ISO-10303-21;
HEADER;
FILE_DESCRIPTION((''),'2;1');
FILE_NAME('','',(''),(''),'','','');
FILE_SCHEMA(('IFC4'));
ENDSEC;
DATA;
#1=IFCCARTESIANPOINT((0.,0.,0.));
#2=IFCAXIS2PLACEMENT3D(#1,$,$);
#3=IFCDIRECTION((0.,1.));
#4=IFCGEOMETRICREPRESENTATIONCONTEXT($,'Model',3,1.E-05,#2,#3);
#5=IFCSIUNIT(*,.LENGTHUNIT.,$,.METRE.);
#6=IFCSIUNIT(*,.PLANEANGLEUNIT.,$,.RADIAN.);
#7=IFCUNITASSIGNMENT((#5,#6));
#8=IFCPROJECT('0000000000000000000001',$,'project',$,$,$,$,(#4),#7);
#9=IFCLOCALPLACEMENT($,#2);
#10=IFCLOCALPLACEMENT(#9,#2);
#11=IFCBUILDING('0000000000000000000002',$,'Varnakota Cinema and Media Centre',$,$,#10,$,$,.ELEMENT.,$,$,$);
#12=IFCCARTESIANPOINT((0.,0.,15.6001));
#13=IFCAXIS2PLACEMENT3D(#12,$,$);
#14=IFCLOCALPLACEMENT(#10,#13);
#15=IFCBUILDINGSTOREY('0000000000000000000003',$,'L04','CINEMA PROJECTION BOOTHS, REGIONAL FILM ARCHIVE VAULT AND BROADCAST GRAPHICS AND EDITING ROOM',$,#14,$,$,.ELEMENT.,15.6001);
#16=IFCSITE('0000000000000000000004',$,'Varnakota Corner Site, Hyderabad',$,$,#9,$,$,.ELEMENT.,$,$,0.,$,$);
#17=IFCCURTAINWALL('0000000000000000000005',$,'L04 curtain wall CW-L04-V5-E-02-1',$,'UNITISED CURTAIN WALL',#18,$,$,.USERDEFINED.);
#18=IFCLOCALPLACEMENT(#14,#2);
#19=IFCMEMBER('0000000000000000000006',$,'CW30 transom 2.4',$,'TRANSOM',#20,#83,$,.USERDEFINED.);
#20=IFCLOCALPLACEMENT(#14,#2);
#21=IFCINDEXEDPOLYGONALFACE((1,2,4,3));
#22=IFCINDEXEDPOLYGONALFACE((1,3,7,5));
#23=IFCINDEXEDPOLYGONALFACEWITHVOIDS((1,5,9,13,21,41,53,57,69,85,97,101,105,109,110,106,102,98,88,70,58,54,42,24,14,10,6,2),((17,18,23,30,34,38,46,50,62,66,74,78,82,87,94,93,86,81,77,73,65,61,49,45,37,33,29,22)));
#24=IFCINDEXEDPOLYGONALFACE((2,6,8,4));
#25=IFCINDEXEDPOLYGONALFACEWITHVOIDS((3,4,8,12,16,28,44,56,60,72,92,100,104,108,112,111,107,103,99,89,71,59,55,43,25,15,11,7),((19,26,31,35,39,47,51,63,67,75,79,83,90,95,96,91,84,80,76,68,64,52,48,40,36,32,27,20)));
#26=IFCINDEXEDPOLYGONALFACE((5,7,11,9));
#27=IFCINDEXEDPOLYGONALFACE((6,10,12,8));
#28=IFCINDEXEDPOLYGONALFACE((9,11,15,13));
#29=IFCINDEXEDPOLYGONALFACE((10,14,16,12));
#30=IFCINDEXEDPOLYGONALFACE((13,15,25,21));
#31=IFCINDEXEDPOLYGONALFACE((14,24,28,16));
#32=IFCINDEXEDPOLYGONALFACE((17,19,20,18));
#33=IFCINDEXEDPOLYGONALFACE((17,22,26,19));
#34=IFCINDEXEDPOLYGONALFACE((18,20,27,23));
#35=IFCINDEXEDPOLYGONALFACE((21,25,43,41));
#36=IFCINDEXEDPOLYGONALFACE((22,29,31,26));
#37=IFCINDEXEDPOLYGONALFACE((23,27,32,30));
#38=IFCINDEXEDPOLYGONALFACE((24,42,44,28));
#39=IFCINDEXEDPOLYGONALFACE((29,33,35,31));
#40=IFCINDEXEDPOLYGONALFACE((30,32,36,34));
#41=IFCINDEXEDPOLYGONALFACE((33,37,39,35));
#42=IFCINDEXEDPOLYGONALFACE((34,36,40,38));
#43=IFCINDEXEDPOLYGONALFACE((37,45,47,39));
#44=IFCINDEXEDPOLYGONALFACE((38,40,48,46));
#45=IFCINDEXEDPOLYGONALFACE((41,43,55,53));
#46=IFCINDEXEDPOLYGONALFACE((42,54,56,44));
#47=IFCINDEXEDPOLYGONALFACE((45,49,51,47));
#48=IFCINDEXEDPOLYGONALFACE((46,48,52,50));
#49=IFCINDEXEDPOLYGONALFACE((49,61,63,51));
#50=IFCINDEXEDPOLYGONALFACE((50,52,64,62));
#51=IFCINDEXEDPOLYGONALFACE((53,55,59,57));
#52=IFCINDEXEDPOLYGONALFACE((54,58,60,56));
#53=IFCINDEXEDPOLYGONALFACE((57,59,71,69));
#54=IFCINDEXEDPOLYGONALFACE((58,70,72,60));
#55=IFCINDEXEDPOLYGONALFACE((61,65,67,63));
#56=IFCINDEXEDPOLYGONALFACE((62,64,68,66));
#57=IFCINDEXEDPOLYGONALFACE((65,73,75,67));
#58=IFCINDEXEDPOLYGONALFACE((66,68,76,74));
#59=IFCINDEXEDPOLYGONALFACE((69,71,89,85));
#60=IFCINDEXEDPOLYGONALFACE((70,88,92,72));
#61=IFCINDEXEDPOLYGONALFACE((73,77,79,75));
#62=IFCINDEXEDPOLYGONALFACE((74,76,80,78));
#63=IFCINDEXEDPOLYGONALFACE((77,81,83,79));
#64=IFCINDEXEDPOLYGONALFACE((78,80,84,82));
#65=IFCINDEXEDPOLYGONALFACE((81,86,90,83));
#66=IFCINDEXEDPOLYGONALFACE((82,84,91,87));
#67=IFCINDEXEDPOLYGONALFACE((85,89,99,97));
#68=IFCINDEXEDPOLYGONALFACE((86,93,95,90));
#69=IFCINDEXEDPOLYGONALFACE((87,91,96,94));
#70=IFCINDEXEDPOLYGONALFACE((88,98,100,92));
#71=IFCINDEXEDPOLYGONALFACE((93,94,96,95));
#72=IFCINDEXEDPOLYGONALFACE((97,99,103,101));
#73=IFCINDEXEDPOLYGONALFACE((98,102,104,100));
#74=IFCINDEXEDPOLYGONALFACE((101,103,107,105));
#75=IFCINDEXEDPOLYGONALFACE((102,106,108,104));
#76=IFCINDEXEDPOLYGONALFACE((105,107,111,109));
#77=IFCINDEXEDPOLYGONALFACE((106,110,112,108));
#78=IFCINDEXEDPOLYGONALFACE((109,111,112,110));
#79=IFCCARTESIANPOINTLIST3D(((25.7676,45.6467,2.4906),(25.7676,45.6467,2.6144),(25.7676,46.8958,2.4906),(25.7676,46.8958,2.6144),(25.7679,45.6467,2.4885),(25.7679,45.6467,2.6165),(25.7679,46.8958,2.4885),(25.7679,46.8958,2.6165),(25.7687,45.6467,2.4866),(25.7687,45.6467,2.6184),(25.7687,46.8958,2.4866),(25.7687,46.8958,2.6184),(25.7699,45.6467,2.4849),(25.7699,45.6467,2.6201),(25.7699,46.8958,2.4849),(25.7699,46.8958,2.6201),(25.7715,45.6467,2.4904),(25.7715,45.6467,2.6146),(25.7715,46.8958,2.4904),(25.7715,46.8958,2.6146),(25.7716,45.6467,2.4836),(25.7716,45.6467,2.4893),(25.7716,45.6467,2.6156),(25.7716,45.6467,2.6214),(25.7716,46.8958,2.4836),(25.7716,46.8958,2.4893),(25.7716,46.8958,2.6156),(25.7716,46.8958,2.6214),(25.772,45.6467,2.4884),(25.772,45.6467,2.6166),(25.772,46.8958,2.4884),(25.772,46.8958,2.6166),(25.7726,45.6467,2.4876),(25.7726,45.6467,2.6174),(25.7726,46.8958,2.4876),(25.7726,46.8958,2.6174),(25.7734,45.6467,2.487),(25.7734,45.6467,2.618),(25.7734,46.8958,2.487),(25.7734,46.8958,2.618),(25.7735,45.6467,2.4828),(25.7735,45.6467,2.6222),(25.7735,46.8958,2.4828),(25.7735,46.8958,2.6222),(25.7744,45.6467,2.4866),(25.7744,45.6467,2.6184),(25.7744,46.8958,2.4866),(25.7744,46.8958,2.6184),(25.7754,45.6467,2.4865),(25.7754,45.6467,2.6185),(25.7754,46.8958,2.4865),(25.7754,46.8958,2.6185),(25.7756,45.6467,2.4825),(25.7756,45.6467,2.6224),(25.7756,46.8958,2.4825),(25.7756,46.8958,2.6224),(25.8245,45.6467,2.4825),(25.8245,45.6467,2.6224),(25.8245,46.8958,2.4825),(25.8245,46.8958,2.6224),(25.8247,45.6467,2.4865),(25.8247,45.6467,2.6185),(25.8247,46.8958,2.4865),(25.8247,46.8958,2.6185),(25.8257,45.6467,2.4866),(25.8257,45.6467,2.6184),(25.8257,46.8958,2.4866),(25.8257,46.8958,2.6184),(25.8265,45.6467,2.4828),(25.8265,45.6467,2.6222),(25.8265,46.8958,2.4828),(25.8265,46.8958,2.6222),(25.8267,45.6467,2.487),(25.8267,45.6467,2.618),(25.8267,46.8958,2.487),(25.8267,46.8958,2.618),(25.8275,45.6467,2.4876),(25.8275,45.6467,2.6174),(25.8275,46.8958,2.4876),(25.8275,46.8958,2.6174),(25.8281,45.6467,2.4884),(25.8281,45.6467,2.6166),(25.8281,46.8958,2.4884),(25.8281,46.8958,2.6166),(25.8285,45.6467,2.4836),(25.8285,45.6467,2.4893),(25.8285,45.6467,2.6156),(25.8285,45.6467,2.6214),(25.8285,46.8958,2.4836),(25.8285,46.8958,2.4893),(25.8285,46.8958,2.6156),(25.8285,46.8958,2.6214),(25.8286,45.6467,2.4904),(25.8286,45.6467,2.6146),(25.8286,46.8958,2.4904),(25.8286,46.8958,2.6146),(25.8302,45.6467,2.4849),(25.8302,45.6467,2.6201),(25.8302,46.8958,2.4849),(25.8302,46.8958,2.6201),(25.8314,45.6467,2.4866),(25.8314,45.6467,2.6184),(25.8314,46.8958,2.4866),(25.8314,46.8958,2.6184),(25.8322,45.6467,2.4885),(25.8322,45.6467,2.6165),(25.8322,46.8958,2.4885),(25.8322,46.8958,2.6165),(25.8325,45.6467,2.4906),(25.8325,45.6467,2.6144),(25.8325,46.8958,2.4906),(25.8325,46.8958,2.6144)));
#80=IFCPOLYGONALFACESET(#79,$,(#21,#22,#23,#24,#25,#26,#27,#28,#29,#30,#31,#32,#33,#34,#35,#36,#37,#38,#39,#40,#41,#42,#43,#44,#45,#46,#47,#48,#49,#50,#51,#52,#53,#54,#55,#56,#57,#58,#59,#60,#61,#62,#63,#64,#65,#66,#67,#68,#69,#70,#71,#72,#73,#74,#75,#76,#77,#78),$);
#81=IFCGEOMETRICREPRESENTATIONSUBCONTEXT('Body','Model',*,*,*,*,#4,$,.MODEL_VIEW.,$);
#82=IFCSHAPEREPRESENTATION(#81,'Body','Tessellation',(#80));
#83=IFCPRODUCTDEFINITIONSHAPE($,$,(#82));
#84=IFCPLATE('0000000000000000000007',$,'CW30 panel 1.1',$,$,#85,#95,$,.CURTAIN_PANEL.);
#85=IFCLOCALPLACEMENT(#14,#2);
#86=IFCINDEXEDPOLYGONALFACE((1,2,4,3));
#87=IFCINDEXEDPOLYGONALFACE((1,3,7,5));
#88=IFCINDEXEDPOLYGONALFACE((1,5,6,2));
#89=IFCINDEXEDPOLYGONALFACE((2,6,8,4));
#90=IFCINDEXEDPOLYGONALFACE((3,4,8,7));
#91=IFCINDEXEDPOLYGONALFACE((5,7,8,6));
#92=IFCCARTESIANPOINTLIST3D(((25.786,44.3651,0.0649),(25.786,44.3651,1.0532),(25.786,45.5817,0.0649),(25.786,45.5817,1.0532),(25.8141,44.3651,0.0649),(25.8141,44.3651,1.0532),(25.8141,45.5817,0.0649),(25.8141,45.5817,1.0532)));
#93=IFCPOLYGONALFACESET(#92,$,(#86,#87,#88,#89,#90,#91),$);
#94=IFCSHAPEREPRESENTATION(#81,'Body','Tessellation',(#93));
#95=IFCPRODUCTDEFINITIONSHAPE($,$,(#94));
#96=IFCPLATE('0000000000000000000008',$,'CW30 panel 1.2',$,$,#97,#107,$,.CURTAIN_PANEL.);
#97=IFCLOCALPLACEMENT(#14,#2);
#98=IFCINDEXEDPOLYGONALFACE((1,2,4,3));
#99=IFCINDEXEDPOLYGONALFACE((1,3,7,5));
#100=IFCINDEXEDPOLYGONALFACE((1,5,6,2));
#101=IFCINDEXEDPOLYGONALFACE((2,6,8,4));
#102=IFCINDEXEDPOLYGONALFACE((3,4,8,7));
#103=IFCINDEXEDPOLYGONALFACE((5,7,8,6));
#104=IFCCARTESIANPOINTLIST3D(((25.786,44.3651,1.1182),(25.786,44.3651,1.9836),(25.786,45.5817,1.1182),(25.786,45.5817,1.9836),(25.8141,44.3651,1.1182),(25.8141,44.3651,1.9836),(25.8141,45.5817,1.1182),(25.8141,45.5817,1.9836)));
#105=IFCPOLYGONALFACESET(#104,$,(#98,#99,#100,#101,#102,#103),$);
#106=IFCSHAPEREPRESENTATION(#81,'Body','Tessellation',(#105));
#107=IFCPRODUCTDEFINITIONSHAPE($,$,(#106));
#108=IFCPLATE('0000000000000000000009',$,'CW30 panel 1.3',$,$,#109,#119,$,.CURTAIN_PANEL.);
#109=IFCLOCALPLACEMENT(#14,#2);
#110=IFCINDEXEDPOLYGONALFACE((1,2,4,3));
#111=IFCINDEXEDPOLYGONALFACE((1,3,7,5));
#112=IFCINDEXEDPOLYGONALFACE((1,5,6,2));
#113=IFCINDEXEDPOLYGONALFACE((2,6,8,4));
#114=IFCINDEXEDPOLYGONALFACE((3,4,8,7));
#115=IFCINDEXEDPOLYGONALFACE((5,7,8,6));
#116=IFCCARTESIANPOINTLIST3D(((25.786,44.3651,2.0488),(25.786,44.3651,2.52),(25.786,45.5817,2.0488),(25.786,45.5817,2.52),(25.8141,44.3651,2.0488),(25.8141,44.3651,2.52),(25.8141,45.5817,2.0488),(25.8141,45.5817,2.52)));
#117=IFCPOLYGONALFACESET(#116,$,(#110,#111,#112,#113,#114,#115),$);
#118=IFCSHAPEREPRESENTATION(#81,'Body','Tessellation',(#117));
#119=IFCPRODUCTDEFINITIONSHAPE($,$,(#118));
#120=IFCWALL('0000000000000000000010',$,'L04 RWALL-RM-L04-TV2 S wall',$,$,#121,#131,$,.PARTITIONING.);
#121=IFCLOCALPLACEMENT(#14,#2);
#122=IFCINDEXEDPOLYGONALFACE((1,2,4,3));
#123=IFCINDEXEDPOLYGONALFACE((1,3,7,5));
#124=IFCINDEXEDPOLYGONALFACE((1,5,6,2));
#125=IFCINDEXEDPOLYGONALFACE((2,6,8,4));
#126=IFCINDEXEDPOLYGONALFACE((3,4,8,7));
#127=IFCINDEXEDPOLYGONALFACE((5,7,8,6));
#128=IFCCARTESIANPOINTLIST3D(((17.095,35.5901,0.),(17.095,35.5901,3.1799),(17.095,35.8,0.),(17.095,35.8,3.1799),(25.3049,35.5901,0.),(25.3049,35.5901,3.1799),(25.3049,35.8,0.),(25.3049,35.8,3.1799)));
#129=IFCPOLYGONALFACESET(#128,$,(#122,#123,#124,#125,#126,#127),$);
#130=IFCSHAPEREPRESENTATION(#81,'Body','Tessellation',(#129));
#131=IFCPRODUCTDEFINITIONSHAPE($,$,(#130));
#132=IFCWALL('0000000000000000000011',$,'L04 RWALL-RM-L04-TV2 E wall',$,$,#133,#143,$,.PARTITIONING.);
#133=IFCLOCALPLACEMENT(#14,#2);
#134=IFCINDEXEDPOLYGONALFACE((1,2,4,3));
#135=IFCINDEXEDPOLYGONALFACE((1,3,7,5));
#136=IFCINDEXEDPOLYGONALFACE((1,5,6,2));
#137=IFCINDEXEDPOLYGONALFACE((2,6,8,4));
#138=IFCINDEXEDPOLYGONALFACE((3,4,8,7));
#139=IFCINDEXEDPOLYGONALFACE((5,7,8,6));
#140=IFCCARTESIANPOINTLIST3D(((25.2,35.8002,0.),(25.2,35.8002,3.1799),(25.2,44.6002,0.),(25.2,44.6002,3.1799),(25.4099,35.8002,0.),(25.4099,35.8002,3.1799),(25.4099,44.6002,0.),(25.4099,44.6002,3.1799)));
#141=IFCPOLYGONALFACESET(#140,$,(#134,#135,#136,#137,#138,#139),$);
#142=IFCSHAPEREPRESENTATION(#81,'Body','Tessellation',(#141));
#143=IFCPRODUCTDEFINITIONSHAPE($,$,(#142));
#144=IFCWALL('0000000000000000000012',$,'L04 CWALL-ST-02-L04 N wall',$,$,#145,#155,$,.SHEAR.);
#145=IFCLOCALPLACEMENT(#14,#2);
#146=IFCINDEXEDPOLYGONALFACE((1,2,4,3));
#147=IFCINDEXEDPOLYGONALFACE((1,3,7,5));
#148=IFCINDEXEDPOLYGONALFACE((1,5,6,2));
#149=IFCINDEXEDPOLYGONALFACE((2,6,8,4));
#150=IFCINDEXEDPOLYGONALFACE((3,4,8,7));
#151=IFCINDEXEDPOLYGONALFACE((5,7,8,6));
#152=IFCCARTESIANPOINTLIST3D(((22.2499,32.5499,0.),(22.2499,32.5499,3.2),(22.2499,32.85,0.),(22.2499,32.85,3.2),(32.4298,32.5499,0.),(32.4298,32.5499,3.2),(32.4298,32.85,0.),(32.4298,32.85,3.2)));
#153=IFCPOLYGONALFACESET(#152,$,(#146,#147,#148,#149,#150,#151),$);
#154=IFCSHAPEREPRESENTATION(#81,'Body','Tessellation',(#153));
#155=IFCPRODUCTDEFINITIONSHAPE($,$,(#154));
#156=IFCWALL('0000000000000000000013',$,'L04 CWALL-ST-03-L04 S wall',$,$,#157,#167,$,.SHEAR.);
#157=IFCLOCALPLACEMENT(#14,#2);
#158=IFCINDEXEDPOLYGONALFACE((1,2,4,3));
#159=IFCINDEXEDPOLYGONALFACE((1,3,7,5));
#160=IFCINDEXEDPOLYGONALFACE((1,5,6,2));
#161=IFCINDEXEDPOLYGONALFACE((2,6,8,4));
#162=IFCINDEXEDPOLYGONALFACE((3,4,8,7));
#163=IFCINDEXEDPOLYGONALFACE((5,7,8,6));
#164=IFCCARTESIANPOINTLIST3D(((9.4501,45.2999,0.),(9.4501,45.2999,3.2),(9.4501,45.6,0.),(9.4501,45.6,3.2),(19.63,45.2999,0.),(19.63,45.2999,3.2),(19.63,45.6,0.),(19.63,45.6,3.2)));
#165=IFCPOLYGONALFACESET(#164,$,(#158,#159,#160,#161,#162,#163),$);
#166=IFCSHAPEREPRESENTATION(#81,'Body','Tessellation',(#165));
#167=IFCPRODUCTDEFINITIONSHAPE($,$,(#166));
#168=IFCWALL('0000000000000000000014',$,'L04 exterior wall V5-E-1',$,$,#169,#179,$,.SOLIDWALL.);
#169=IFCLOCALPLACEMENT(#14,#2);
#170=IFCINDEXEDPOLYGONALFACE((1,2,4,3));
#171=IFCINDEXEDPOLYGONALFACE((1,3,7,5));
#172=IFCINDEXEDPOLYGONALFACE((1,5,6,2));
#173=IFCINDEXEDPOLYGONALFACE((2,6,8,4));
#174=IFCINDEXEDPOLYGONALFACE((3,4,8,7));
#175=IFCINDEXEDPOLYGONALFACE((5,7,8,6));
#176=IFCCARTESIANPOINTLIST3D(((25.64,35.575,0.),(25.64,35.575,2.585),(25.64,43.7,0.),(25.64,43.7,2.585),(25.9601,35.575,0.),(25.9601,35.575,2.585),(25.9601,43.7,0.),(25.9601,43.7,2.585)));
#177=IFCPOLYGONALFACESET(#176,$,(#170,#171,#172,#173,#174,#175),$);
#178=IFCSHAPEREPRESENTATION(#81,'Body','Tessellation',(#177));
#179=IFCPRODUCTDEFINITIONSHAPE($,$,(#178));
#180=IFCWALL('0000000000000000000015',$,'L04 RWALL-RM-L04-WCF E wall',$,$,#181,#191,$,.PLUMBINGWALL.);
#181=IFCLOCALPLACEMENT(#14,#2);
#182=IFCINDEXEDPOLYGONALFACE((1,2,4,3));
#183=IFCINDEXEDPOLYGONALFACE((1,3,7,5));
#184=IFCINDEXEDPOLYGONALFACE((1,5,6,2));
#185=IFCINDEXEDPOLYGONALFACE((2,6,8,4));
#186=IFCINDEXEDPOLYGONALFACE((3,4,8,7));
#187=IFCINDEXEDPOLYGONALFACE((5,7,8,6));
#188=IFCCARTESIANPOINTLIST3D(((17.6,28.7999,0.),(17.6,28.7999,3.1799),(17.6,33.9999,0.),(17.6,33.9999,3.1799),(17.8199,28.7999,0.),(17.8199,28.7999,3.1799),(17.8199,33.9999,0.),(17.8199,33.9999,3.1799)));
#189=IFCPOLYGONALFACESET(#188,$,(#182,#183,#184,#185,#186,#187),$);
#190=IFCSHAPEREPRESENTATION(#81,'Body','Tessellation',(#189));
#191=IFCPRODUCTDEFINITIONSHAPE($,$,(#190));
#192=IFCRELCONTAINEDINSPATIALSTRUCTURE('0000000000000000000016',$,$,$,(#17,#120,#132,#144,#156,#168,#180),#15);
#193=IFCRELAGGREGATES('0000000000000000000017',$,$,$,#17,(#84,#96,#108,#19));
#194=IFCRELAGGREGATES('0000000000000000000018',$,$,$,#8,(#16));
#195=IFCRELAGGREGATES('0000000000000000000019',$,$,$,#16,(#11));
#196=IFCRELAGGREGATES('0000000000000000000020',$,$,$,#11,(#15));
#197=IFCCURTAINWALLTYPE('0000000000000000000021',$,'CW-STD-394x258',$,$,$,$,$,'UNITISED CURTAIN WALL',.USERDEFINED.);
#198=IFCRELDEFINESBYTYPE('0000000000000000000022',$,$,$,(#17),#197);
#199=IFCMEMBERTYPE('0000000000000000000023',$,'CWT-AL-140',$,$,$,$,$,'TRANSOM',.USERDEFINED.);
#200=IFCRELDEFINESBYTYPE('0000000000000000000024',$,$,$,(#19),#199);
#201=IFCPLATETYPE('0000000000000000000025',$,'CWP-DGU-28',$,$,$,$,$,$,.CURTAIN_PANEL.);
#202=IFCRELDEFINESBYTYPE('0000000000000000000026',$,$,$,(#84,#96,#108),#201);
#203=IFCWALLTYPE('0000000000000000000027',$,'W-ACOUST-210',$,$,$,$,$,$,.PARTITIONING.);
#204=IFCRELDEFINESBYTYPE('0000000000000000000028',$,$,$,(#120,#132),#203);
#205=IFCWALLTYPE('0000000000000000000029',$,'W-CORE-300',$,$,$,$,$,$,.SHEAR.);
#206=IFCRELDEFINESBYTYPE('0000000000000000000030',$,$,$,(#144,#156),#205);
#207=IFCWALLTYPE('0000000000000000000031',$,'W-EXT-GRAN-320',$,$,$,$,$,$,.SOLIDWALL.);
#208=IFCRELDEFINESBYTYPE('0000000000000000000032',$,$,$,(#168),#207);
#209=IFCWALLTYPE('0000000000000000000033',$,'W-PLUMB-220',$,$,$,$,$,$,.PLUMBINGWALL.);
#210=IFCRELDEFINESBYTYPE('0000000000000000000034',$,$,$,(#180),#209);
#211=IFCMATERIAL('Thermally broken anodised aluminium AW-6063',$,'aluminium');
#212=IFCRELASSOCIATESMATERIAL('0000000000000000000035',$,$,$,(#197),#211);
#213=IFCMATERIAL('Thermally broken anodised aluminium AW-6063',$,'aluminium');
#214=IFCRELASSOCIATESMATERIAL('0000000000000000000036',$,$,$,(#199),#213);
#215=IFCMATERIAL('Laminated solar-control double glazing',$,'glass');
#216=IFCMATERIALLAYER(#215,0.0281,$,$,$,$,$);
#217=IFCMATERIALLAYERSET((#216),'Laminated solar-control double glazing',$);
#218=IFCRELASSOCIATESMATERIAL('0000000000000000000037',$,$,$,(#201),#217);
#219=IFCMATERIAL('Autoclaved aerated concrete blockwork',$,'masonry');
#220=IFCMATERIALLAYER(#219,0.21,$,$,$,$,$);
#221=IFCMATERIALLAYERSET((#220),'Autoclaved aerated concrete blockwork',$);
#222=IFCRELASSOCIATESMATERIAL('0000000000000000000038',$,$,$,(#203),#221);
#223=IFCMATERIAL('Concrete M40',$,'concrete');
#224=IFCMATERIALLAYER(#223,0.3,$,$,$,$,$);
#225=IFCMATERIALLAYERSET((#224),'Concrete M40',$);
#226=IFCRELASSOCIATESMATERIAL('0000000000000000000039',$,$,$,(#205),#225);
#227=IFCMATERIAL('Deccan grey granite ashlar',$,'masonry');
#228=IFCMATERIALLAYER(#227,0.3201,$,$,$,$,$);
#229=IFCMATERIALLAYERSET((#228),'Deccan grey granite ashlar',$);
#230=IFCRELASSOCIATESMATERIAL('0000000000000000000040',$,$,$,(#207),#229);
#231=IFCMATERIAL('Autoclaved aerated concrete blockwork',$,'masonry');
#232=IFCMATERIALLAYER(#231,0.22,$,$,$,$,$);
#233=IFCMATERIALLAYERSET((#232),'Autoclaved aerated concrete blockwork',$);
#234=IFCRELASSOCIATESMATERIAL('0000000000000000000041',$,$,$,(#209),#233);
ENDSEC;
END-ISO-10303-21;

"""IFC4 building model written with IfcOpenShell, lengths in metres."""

from ifc_helpers import new_model, si_unit, direction, frame, frame_2d, origin, origin_2d, place, context, subcontext, project, spatial, rectangle, hollow_rectangle, extrude, material, layer, layer_set, material_profile, profile_set, type_object, element, aggregate, save


model = new_model("IFC4")

# Units and contexts
model_context = context("Model", 3, precision=1e-05, world=origin(), true_north=direction((0.0, 1.0)))
body_context = subcontext(model_context, "Body", "Model", "MODEL_VIEW")
ifc_project = project(units=[si_unit("LENGTHUNIT", "METRE"), si_unit("PLANEANGLEUNIT", "RADIAN")], contexts=[model_context])

# Site, building, storey
site_placement = place(None, origin())
site = spatial("IfcSite", under=ifc_project, at=site_placement, Name="Varnakota Corner Site, Hyderabad", CompositionType="ELEMENT", RefElevation=0.0)
building_placement = place(site_placement, origin())
building = spatial("IfcBuilding", under=site, at=building_placement, Name="Varnakota Cinema and Media Centre", CompositionType="ELEMENT")
storey_placement = place(building_placement, frame((0.0, 0.0, 15.6001)))
storey = spatial("IfcBuildingStorey", under=building, at=storey_placement, Name="L04", Description="CINEMA PROJECTION BOOTHS, REGIONAL FILM ARCHIVE VAULT AND BROADCAST GRAPHICS AND EDITING ROOM", CompositionType="ELEMENT", Elevation=15.6001)

# Curtain wall, member, plates
ifc_material_1 = material(Name="Thermally broken anodised aluminium AW-6063", Category="aluminium")
curtain_wall_type = type_object("IfcCurtainWallType", Name="CW-STD-394x258", ElementType="UNITISED CURTAIN WALL", PredefinedType="USERDEFINED", material=ifc_material_1)
curtain_wall_placement = place(storey_placement, origin())
curtain_wall = element("IfcCurtainWall", 1, at=curtain_wall_placement, inside=storey, type_object=curtain_wall_type, Name="L04 curtain wall CW-L04-V5-E-02-1", ObjectType="UNITISED CURTAIN WALL", PredefinedType="USERDEFINED")
ifc_material_2 = material(Name="Thermally broken anodised aluminium AW-6063", Category="aluminium")
ifc_material_profile_1 = material_profile(ifc_material_2, hollow_rectangle(XDim=0.0649, YDim=0.1399, WallThickness=0.0039, InnerFilletRadius=0.0039, OuterFilletRadius=0.0081, at=origin_2d()), Name="AL-TRANSOM 140x65x4")
ifc_profile_set_1 = profile_set([ifc_material_profile_1], Name="Thermally broken anodised aluminium AW-6063")
member_type_1 = type_object("IfcMemberType", Name="CWT-AL-140", ElementType="TRANSOM", PredefinedType="USERDEFINED", material=ifc_profile_set_1)
member_1_placement = place(storey_placement, frame((25.8, 45.6467, 2.5525), z_axis=(0.0, 1.0, 0.0), x_axis=(-1.0, 0.0, 0.0)))
member_1 = element("IfcMember", 2, at=member_1_placement, type_object=member_type_1, Name="CW30 transom 2.4", ObjectType="TRANSOM", PredefinedType="USERDEFINED", context=body_context, shape_type="SweptSolid", body=[
    extrude(hollow_rectangle(XDim=0.0649, YDim=0.1399, WallThickness=0.0039, InnerFilletRadius=0.0039, OuterFilletRadius=0.0081, at=origin_2d()), origin(), (0.0, 0.0, 1.0), 1.249),
])
ifc_material_3 = material(Name="Laminated solar-control double glazing", Category="glass")
ifc_layer_1 = layer(ifc_material_3, 0.0281)
ifc_layer_set_1 = layer_set([ifc_layer_1], Name="Laminated solar-control double glazing")
plate_type = type_object("IfcPlateType", Name="CWP-DGU-28", PredefinedType="CURTAIN_PANEL", material=ifc_layer_set_1)
plate_1_placement = place(storey_placement, frame((25.8, 44.9734, 0.0649), z_axis=(0.0, 0.0, 1.0), x_axis=(0.0, 1.0, 0.0)))
plate_1 = element("IfcPlate", 3, at=plate_1_placement, type_object=plate_type, Name="CW30 panel 1.1", PredefinedType="CURTAIN_PANEL", context=body_context, shape_type="SweptSolid", body=[
    extrude(rectangle(XDim=1.2166, YDim=0.0281, at=origin_2d()), origin(), (0.0, 0.0, 1.0), 0.9883),
])
plate_2_placement = place(storey_placement, frame((25.8, 44.9734, 1.1182), z_axis=(0.0, 0.0, 1.0), x_axis=(0.0, 1.0, 0.0)))
plate_2 = element("IfcPlate", 4, at=plate_2_placement, type_object=plate_type, Name="CW30 panel 1.2", PredefinedType="CURTAIN_PANEL", context=body_context, shape_type="SweptSolid", body=[
    extrude(rectangle(XDim=1.2166, YDim=0.0281, at=origin_2d()), origin(), (0.0, 0.0, 1.0), 0.8655),
])
plate_3_placement = place(storey_placement, frame((25.8, 44.9734, 2.0488), z_axis=(0.0, 0.0, 1.0), x_axis=(0.0, 1.0, 0.0)))
plate_3 = element("IfcPlate", 5, at=plate_3_placement, type_object=plate_type, Name="CW30 panel 1.3", PredefinedType="CURTAIN_PANEL", context=body_context, shape_type="SweptSolid", body=[
    extrude(rectangle(XDim=1.2166, YDim=0.0281, at=origin_2d()), origin(), (0.0, 0.0, 1.0), 0.4712),
])
aggregate(curtain_wall, [plate_1, plate_2, plate_3, member_1])

# Walls
ifc_material_4 = material(Name="Autoclaved aerated concrete blockwork", Category="masonry")
ifc_layer_2 = layer(ifc_material_4, 0.21)
ifc_layer_set_2 = layer_set([ifc_layer_2], Name="Autoclaved aerated concrete blockwork")
wall_type_1 = type_object("IfcWallType", Name="W-ACOUST-210", PredefinedType="PARTITIONING", material=ifc_layer_set_2)
wall_1_placement = place(storey_placement, frame((25.3049, 35.6951, 0.0), z_axis=(0.0, 0.0, 1.0), x_axis=(-1.0, 0.0, 0.0)))
element("IfcWall", 6, at=wall_1_placement, inside=storey, type_object=wall_type_1, Name="L04 RWALL-RM-L04-TV2 S wall", PredefinedType="PARTITIONING", context=body_context, shape_type="SweptSolid", body=[
    extrude(rectangle(XDim=8.21, YDim=0.21, at=frame_2d((4.105, 0.0))), origin(), (0.0, 0.0, 1.0), 3.1799),
])
wall_2_placement = place(storey_placement, frame((25.3049, 44.6001, 0.0), z_axis=(0.0, 0.0, 1.0), x_axis=(0.0, -1.0, 0.0)))
element("IfcWall", 7, at=wall_2_placement, inside=storey, type_object=wall_type_1, Name="L04 RWALL-RM-L04-TV2 E wall", PredefinedType="PARTITIONING", context=body_context, shape_type="SweptSolid", body=[
    extrude(rectangle(XDim=8.8, YDim=0.21, at=frame_2d((4.3999, 0.0))), origin(), (0.0, 0.0, 1.0), 3.1799),
])
ifc_material_5 = material(Name="Concrete M40", Category="concrete")
ifc_layer_3 = layer(ifc_material_5, 0.3)
ifc_layer_set_3 = layer_set([ifc_layer_3], Name="Concrete M40")
wall_type_2 = type_object("IfcWallType", Name="W-CORE-300", PredefinedType="SHEAR", material=ifc_layer_set_3)
for number, where, z_axis, x_axis, name in (
    (8, (22.25, 32.7, 0.0), (0.0, 0.0, 1.0), (1.0, 0.0, 0.0), "L04 CWALL-ST-02-L04 N wall"),
    (9, (19.6299, 45.45, 0.0), (0.0, 0.0, 1.0), (-1.0, 0.0, 0.0), "L04 CWALL-ST-03-L04 S wall"),
):
    element("IfcWall", number, at=place(storey_placement, frame(where, z_axis=z_axis, x_axis=x_axis)), inside=storey, type_object=wall_type_2, Name=name, PredefinedType="SHEAR", context=body_context, shape_type="SweptSolid", body=[
        extrude(rectangle(XDim=10.1799, YDim=0.3, at=frame_2d((5.0898, 0.0))), origin(), (0.0, 0.0, 1.0), 3.2),
    ])
ifc_material_6 = material(Name="Deccan grey granite ashlar", Category="masonry")
ifc_layer_4 = layer(ifc_material_6, 0.3201)
ifc_layer_set_4 = layer_set([ifc_layer_4], Name="Deccan grey granite ashlar")
wall_type_3 = type_object("IfcWallType", Name="W-EXT-GRAN-320", PredefinedType="SOLIDWALL", material=ifc_layer_set_4)
wall_3_placement = place(storey_placement, frame((25.8, 35.575, 0.0), z_axis=(0.0, 0.0, 1.0), x_axis=(0.0, 1.0, 0.0)))
element("IfcWall", 10, at=wall_3_placement, inside=storey, type_object=wall_type_3, Name="L04 exterior wall V5-E-1", PredefinedType="SOLIDWALL", context=body_context, shape_type="SweptSolid", body=[
    extrude(rectangle(XDim=8.125, YDim=0.3201, at=frame_2d((4.0625, 0.0))), origin(), (0.0, 0.0, 1.0), 2.585),
])
ifc_material_7 = material(Name="Autoclaved aerated concrete blockwork", Category="masonry")
ifc_layer_5 = layer(ifc_material_7, 0.22)
ifc_layer_set_5 = layer_set([ifc_layer_5], Name="Autoclaved aerated concrete blockwork")
wall_type_4 = type_object("IfcWallType", Name="W-PLUMB-220", PredefinedType="PLUMBINGWALL", material=ifc_layer_set_5)
wall_4_placement = place(storey_placement, frame((17.71, 34.0, 0.0), z_axis=(0.0, 0.0, 1.0), x_axis=(0.0, -1.0, 0.0)))
element("IfcWall", 11, at=wall_4_placement, inside=storey, type_object=wall_type_4, Name="L04 RWALL-RM-L04-WCF E wall", PredefinedType="PLUMBINGWALL", context=body_context, shape_type="SweptSolid", body=[
    extrude(rectangle(XDim=5.2, YDim=0.22, at=frame_2d((2.6001, 0.0))), origin(), (0.0, 0.0, 1.0), 3.1799),
])

save(model, "model.ifc")
